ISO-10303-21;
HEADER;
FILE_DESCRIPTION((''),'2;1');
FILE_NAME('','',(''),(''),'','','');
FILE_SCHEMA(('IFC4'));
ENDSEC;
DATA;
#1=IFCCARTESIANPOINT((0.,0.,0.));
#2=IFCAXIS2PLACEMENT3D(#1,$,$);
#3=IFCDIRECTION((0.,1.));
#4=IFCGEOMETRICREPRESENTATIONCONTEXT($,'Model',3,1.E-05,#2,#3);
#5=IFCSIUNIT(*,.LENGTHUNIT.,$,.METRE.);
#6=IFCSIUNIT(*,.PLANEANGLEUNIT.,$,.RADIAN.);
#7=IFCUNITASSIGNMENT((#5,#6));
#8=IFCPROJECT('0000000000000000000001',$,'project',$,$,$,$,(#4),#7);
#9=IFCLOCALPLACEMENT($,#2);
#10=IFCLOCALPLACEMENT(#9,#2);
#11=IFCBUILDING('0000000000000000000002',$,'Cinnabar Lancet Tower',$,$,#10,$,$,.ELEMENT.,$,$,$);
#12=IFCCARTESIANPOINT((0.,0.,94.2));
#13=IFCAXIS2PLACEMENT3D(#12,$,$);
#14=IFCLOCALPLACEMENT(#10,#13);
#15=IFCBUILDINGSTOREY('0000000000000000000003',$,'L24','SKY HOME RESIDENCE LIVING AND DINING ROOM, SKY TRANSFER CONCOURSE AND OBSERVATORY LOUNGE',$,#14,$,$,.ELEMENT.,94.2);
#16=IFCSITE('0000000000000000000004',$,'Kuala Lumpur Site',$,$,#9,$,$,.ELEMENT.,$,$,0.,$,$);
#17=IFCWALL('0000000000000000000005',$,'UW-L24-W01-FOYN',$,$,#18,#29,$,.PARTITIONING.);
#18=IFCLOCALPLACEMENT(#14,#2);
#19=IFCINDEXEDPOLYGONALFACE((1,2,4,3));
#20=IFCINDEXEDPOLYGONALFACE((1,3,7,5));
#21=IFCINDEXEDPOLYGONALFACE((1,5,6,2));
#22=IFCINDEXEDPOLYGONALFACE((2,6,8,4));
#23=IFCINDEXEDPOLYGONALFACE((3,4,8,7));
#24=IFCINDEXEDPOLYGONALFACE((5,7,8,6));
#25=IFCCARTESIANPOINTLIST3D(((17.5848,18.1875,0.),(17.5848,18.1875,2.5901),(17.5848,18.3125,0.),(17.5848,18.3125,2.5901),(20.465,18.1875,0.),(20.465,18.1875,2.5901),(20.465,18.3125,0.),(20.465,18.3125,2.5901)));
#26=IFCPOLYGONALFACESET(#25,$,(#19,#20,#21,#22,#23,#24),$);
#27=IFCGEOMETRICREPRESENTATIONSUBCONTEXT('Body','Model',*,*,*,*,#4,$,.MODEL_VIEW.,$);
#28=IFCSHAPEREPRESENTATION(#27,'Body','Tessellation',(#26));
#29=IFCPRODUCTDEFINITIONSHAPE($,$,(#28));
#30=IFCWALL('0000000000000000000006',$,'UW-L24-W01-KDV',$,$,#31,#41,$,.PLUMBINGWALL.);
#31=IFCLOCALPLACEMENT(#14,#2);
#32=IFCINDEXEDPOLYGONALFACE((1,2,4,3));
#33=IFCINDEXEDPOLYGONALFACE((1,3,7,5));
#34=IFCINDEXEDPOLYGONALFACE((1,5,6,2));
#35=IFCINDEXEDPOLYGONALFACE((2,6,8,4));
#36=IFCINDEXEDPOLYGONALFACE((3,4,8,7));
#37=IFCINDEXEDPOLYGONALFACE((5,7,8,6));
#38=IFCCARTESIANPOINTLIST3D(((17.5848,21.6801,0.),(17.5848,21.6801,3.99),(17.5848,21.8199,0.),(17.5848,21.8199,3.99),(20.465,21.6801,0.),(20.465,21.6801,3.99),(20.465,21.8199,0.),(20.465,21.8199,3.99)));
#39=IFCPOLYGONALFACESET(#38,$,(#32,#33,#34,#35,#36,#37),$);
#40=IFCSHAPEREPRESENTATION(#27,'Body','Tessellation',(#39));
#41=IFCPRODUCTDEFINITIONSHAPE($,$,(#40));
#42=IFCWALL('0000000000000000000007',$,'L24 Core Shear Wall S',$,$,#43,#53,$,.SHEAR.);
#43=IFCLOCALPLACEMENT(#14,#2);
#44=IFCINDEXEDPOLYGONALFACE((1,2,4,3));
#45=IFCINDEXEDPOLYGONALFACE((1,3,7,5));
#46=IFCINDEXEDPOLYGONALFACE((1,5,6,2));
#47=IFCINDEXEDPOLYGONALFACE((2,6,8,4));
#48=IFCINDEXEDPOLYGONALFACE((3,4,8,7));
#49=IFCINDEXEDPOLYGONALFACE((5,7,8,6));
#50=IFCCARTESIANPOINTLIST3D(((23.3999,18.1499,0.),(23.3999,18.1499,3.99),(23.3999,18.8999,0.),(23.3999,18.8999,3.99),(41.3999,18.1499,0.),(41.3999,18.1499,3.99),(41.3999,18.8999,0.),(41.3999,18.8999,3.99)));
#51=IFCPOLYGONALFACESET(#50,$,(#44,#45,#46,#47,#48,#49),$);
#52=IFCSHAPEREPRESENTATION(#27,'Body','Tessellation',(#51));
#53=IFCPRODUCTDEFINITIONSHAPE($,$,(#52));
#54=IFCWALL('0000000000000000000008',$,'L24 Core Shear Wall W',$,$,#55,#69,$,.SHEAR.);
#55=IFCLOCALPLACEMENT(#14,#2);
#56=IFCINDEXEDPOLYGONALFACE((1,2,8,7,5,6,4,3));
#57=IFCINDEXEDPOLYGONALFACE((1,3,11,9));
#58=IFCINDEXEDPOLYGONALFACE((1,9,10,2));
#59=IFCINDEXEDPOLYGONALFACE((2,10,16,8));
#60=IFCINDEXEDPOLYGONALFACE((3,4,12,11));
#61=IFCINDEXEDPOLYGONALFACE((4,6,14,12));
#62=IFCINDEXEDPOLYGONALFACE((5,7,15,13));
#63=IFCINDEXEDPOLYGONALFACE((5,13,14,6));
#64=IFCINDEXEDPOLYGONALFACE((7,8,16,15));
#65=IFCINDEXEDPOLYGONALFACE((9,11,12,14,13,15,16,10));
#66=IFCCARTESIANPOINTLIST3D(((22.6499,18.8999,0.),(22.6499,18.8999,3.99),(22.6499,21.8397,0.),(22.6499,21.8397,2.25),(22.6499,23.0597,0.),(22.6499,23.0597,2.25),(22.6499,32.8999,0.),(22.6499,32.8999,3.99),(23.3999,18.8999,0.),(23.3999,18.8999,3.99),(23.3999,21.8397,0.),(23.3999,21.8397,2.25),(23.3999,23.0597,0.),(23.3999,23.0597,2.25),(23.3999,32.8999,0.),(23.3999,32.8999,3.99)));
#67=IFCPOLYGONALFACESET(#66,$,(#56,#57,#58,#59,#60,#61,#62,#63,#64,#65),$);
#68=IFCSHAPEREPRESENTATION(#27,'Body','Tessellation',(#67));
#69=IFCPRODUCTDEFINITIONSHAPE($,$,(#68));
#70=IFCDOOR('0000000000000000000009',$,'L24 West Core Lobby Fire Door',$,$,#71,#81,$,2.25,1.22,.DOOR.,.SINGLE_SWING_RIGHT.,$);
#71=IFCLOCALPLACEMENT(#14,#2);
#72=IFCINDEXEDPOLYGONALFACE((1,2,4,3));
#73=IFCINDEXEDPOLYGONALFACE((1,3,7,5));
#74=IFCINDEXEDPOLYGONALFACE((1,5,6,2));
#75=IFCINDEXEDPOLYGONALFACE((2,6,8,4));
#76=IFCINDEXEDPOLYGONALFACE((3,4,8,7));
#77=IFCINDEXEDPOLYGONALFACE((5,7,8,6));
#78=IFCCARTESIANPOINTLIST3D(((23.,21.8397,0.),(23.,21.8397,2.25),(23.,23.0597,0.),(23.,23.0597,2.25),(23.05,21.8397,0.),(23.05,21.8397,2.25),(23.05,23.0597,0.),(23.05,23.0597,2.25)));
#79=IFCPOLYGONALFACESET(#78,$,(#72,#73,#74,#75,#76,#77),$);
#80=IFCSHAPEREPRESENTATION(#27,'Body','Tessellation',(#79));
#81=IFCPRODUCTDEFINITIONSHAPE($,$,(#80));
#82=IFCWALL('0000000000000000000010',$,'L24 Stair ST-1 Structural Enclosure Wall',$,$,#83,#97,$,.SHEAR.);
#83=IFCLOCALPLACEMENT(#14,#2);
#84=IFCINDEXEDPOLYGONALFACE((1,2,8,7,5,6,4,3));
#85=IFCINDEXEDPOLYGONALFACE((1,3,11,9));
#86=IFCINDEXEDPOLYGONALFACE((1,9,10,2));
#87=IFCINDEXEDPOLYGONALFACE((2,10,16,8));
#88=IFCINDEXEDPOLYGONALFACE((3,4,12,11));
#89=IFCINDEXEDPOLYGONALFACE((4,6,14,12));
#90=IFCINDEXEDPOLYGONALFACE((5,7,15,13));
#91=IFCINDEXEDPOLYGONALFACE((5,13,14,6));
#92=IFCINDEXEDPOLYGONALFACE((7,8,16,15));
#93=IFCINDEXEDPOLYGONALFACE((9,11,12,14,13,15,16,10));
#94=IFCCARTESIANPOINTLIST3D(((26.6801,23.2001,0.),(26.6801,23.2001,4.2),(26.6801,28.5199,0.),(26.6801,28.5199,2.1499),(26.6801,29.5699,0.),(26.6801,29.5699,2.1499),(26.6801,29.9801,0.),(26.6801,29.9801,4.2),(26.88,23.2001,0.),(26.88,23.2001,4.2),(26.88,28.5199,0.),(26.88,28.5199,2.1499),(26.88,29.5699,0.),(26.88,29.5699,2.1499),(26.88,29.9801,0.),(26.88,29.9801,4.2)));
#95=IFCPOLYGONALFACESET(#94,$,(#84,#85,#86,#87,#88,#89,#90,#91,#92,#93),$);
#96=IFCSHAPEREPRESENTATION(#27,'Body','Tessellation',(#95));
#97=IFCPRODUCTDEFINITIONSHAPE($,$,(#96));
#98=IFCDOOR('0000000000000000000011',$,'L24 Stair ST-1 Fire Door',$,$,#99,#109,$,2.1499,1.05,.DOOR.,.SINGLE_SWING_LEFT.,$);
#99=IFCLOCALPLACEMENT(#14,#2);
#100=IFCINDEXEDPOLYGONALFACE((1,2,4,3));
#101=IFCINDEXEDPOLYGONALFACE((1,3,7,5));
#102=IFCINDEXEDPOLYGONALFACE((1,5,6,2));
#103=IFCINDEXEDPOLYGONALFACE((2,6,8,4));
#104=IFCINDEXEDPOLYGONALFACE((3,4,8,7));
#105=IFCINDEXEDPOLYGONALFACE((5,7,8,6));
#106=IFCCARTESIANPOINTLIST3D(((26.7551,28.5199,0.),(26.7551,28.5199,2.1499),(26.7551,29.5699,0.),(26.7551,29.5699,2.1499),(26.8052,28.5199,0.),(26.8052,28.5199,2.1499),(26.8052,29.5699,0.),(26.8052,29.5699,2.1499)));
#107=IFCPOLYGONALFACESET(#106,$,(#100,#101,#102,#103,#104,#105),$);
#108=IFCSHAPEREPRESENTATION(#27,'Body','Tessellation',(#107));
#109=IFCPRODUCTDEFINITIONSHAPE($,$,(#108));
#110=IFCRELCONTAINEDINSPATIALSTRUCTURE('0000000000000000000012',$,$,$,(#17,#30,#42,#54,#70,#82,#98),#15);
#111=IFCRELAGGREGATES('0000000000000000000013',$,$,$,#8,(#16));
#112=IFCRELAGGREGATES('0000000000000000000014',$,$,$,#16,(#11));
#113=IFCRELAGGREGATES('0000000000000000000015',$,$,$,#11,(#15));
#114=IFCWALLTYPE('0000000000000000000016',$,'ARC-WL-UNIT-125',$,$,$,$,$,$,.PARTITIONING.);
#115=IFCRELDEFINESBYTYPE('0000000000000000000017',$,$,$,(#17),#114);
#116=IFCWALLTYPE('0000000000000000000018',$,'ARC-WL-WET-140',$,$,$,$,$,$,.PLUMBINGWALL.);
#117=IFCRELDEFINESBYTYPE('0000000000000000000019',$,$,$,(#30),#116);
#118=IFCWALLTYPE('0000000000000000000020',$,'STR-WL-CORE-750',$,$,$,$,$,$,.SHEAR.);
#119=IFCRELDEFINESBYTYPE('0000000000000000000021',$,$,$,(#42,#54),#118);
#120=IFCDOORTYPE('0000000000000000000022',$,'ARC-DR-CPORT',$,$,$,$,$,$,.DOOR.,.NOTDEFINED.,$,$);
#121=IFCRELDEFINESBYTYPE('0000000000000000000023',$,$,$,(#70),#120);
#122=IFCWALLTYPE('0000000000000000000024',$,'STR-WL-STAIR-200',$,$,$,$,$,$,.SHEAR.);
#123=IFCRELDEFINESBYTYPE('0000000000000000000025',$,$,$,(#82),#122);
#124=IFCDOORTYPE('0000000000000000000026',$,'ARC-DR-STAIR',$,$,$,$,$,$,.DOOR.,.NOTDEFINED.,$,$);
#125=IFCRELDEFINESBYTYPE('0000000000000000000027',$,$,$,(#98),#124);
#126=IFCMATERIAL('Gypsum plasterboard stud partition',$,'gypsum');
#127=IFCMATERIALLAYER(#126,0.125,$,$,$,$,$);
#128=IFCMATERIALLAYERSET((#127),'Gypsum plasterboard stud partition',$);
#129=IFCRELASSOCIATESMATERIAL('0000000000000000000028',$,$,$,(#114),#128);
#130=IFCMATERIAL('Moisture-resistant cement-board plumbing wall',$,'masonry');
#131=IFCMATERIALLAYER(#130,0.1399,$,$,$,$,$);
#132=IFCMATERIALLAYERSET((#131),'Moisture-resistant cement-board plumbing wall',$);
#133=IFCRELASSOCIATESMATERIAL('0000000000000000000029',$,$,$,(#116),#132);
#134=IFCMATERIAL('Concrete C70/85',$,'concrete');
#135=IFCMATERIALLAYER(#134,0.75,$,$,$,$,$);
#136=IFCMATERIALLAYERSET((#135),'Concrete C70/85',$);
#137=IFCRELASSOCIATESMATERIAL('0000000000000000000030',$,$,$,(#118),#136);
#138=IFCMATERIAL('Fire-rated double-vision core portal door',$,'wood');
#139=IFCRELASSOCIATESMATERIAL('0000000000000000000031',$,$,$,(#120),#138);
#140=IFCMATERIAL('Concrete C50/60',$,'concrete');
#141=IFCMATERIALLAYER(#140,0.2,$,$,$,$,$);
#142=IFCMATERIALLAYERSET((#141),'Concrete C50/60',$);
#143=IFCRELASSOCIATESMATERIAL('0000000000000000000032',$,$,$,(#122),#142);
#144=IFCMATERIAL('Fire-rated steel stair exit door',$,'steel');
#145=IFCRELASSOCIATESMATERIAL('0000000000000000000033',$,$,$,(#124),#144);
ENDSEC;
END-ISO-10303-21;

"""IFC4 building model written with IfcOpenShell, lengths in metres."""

from ifc_helpers import new_model, si_unit, direction, frame, frame_2d, origin, place, context, subcontext, project, spatial, rectangle, extrude, material, layer, layer_set, type_object, element, fill, save


model = new_model("IFC4")

# Units and contexts
model_context = context("Model", 3, precision=1e-05, world=origin(), true_north=direction((0.0, 1.0)))
body_context = subcontext(model_context, "Body", "Model", "MODEL_VIEW")
ifc_project = project(units=[si_unit("LENGTHUNIT", "METRE"), si_unit("PLANEANGLEUNIT", "RADIAN")], contexts=[model_context])

# Site, building, storey
site_placement = place(None, origin())
site = spatial("IfcSite", under=ifc_project, at=site_placement, Name="Kuala Lumpur Site", CompositionType="ELEMENT", RefElevation=0.0)
building_placement = place(site_placement, origin())
building = spatial("IfcBuilding", under=site, at=building_placement, Name="Cinnabar Lancet Tower", CompositionType="ELEMENT")
storey_placement = place(building_placement, frame((0.0, 0.0, 94.2)))
storey = spatial("IfcBuildingStorey", under=building, at=storey_placement, Name="L24", Description="SKY HOME RESIDENCE LIVING AND DINING ROOM, SKY TRANSFER CONCOURSE AND OBSERVATORY LOUNGE", CompositionType="ELEMENT", Elevation=94.2)

# Walls
ifc_material_1 = material(Name="Gypsum plasterboard stud partition", Category="gypsum")
ifc_layer_1 = layer(ifc_material_1, 0.125)
ifc_layer_set_1 = layer_set([ifc_layer_1], Name="Gypsum plasterboard stud partition")
wall_type_1 = type_object("IfcWallType", Name="ARC-WL-UNIT-125", PredefinedType="PARTITIONING", material=ifc_layer_set_1)
wall_1_placement = place(storey_placement, frame((17.585, 18.25, 0.0), z_axis=(0.0, 0.0, 1.0), x_axis=(1.0, 0.0, 0.0)))
element("IfcWall", 1, at=wall_1_placement, inside=storey, type_object=wall_type_1, Name="UW-L24-W01-FOYN", PredefinedType="PARTITIONING", context=body_context, shape_type="SweptSolid", body=[
    extrude(rectangle(XDim=2.8801, YDim=0.125, at=frame_2d((1.4399, 0.0))), origin(), (0.0, 0.0, 1.0), 2.5901),
])
ifc_material_2 = material(Name="Moisture-resistant cement-board plumbing wall", Category="masonry")
ifc_layer_2 = layer(ifc_material_2, 0.1399)
ifc_layer_set_2 = layer_set([ifc_layer_2], Name="Moisture-resistant cement-board plumbing wall")
wall_type_2 = type_object("IfcWallType", Name="ARC-WL-WET-140", PredefinedType="PLUMBINGWALL", material=ifc_layer_set_2)
wall_2_placement = place(storey_placement, frame((17.585, 21.75, 0.0), z_axis=(0.0, 0.0, 1.0), x_axis=(1.0, 0.0, 0.0)))
element("IfcWall", 2, at=wall_2_placement, inside=storey, type_object=wall_type_2, Name="UW-L24-W01-KDV", PredefinedType="PLUMBINGWALL", context=body_context, shape_type="SweptSolid", body=[
    extrude(rectangle(XDim=2.8801, YDim=0.1399, at=frame_2d((1.4399, 0.0))), origin(), (0.0, 0.0, 1.0), 3.99),
])
ifc_material_3 = material(Name="Concrete C70/85", Category="concrete")
ifc_layer_3 = layer(ifc_material_3, 0.75)
ifc_layer_set_3 = layer_set([ifc_layer_3], Name="Concrete C70/85")
wall_type_3 = type_object("IfcWallType", Name="STR-WL-CORE-750", PredefinedType="SHEAR", material=ifc_layer_set_3)
wall_3_placement = place(storey_placement, frame((23.3999, 18.5249, 0.0), z_axis=(0.0, 0.0, 1.0), x_axis=(1.0, 0.0, 0.0)))
element("IfcWall", 3, at=wall_3_placement, inside=storey, type_object=wall_type_3, Name="L24 Core Shear Wall S", PredefinedType="SHEAR", context=body_context, shape_type="SweptSolid", body=[
    extrude(rectangle(XDim=18.0, YDim=0.75, at=frame_2d((9.0, 0.0))), origin(), (0.0, 0.0, 1.0), 3.99),
])

# Walls, openings, doors
wall_4_placement = place(storey_placement, frame((23.0249, 18.8999, 0.0), z_axis=(0.0, 0.0, 1.0), x_axis=(0.0, 1.0, 0.0)))
wall_4 = element("IfcWall", 4, at=wall_4_placement, inside=storey, type_object=wall_type_3, Name="L24 Core Shear Wall W", PredefinedType="SHEAR", context=body_context, shape_type="SweptSolid", body=[
    extrude(rectangle(XDim=14.0, YDim=0.75, at=frame_2d((7.0, 0.0))), origin(), (0.0, 0.0, 1.0), 3.99),
])
opening_1_placement = place(wall_4_placement, frame((2.9399, 0.0, 0.0)))
opening_1 = element("IfcOpeningElement", 5, at=opening_1_placement, cuts=wall_4, PredefinedType="OPENING", context=body_context, shape_type="SweptSolid", body=[
    extrude(rectangle(XDim=1.22, YDim=2.25, at=frame_2d((0.6099, 1.125))), frame((0.0, 0.385, 0.0), z_axis=(0.0, -1.0, 0.0), x_axis=(1.0, 0.0, 0.0)), (0.0, 0.0, 1.0), 0.77),
])
ifc_material_4 = material(Name="Fire-rated double-vision core portal door", Category="wood")
door_type_1 = type_object("IfcDoorType", Name="ARC-DR-CPORT", OperationType="NOTDEFINED", PredefinedType="DOOR", material=ifc_material_4)
door_1_placement = place(opening_1_placement, origin())
door_1 = element("IfcDoor", 6, at=door_1_placement, inside=storey, type_object=door_type_1, Name="L24 West Core Lobby Fire Door", OperationType="SINGLE_SWING_RIGHT", OverallHeight=2.25, OverallWidth=1.22, PredefinedType="DOOR", context=body_context, shape_type="SweptSolid", body=[
    extrude(rectangle(XDim=1.22, YDim=2.25, at=frame_2d((0.6099, 1.125))), frame((0.0, 0.0249, 0.0), z_axis=(0.0, -1.0, 0.0), x_axis=(1.0, 0.0, 0.0)), (0.0, 0.0, 1.0), 0.05),
])
fill(opening_1, door_1)
ifc_material_5 = material(Name="Concrete C50/60", Category="concrete")
ifc_layer_4 = layer(ifc_material_5, 0.2)
ifc_layer_set_4 = layer_set([ifc_layer_4], Name="Concrete C50/60")
wall_type_4 = type_object("IfcWallType", Name="STR-WL-STAIR-200", PredefinedType="SHEAR", material=ifc_layer_set_4)
wall_5_placement = place(storey_placement, frame((26.78, 23.2, 0.0), z_axis=(0.0, 0.0, 1.0), x_axis=(0.0, 1.0, 0.0)))
wall_5 = element("IfcWall", 7, at=wall_5_placement, inside=storey, type_object=wall_type_4, Name="L24 Stair ST-1 Structural Enclosure Wall", PredefinedType="SHEAR", context=body_context, shape_type="SweptSolid", body=[
    extrude(rectangle(XDim=6.78, YDim=0.2, at=frame_2d((3.3901, 0.0))), origin(), (0.0, 0.0, 1.0), 4.2),
])
opening_2_placement = place(wall_5_placement, frame((5.3201, 0.0, 0.0)))
opening_2 = element("IfcOpeningElement", 8, at=opening_2_placement, cuts=wall_5, PredefinedType="OPENING", context=body_context, shape_type="SweptSolid", body=[
    extrude(rectangle(XDim=1.05, YDim=2.1499, at=frame_2d((0.5249, 1.075))), frame((0.0, 0.1099, 0.0), z_axis=(0.0, -1.0, 0.0), x_axis=(1.0, 0.0, 0.0)), (0.0, 0.0, 1.0), 0.22),
])
ifc_material_6 = material(Name="Fire-rated steel stair exit door", Category="steel")
door_type_2 = type_object("IfcDoorType", Name="ARC-DR-STAIR", OperationType="NOTDEFINED", PredefinedType="DOOR", material=ifc_material_6)
door_2_placement = place(opening_2_placement, origin())
door_2 = element("IfcDoor", 9, at=door_2_placement, inside=storey, type_object=door_type_2, Name="L24 Stair ST-1 Fire Door", OperationType="SINGLE_SWING_LEFT", OverallHeight=2.1499, OverallWidth=1.05, PredefinedType="DOOR", context=body_context, shape_type="SweptSolid", body=[
    extrude(rectangle(XDim=1.05, YDim=2.1499, at=frame_2d((0.5249, 1.075))), frame((0.0, 0.0249, 0.0), z_axis=(0.0, -1.0, 0.0), x_axis=(1.0, 0.0, 0.0)), (0.0, 0.0, 1.0), 0.05),
])
fill(opening_2, door_2)

save(model, "model.ifc")
